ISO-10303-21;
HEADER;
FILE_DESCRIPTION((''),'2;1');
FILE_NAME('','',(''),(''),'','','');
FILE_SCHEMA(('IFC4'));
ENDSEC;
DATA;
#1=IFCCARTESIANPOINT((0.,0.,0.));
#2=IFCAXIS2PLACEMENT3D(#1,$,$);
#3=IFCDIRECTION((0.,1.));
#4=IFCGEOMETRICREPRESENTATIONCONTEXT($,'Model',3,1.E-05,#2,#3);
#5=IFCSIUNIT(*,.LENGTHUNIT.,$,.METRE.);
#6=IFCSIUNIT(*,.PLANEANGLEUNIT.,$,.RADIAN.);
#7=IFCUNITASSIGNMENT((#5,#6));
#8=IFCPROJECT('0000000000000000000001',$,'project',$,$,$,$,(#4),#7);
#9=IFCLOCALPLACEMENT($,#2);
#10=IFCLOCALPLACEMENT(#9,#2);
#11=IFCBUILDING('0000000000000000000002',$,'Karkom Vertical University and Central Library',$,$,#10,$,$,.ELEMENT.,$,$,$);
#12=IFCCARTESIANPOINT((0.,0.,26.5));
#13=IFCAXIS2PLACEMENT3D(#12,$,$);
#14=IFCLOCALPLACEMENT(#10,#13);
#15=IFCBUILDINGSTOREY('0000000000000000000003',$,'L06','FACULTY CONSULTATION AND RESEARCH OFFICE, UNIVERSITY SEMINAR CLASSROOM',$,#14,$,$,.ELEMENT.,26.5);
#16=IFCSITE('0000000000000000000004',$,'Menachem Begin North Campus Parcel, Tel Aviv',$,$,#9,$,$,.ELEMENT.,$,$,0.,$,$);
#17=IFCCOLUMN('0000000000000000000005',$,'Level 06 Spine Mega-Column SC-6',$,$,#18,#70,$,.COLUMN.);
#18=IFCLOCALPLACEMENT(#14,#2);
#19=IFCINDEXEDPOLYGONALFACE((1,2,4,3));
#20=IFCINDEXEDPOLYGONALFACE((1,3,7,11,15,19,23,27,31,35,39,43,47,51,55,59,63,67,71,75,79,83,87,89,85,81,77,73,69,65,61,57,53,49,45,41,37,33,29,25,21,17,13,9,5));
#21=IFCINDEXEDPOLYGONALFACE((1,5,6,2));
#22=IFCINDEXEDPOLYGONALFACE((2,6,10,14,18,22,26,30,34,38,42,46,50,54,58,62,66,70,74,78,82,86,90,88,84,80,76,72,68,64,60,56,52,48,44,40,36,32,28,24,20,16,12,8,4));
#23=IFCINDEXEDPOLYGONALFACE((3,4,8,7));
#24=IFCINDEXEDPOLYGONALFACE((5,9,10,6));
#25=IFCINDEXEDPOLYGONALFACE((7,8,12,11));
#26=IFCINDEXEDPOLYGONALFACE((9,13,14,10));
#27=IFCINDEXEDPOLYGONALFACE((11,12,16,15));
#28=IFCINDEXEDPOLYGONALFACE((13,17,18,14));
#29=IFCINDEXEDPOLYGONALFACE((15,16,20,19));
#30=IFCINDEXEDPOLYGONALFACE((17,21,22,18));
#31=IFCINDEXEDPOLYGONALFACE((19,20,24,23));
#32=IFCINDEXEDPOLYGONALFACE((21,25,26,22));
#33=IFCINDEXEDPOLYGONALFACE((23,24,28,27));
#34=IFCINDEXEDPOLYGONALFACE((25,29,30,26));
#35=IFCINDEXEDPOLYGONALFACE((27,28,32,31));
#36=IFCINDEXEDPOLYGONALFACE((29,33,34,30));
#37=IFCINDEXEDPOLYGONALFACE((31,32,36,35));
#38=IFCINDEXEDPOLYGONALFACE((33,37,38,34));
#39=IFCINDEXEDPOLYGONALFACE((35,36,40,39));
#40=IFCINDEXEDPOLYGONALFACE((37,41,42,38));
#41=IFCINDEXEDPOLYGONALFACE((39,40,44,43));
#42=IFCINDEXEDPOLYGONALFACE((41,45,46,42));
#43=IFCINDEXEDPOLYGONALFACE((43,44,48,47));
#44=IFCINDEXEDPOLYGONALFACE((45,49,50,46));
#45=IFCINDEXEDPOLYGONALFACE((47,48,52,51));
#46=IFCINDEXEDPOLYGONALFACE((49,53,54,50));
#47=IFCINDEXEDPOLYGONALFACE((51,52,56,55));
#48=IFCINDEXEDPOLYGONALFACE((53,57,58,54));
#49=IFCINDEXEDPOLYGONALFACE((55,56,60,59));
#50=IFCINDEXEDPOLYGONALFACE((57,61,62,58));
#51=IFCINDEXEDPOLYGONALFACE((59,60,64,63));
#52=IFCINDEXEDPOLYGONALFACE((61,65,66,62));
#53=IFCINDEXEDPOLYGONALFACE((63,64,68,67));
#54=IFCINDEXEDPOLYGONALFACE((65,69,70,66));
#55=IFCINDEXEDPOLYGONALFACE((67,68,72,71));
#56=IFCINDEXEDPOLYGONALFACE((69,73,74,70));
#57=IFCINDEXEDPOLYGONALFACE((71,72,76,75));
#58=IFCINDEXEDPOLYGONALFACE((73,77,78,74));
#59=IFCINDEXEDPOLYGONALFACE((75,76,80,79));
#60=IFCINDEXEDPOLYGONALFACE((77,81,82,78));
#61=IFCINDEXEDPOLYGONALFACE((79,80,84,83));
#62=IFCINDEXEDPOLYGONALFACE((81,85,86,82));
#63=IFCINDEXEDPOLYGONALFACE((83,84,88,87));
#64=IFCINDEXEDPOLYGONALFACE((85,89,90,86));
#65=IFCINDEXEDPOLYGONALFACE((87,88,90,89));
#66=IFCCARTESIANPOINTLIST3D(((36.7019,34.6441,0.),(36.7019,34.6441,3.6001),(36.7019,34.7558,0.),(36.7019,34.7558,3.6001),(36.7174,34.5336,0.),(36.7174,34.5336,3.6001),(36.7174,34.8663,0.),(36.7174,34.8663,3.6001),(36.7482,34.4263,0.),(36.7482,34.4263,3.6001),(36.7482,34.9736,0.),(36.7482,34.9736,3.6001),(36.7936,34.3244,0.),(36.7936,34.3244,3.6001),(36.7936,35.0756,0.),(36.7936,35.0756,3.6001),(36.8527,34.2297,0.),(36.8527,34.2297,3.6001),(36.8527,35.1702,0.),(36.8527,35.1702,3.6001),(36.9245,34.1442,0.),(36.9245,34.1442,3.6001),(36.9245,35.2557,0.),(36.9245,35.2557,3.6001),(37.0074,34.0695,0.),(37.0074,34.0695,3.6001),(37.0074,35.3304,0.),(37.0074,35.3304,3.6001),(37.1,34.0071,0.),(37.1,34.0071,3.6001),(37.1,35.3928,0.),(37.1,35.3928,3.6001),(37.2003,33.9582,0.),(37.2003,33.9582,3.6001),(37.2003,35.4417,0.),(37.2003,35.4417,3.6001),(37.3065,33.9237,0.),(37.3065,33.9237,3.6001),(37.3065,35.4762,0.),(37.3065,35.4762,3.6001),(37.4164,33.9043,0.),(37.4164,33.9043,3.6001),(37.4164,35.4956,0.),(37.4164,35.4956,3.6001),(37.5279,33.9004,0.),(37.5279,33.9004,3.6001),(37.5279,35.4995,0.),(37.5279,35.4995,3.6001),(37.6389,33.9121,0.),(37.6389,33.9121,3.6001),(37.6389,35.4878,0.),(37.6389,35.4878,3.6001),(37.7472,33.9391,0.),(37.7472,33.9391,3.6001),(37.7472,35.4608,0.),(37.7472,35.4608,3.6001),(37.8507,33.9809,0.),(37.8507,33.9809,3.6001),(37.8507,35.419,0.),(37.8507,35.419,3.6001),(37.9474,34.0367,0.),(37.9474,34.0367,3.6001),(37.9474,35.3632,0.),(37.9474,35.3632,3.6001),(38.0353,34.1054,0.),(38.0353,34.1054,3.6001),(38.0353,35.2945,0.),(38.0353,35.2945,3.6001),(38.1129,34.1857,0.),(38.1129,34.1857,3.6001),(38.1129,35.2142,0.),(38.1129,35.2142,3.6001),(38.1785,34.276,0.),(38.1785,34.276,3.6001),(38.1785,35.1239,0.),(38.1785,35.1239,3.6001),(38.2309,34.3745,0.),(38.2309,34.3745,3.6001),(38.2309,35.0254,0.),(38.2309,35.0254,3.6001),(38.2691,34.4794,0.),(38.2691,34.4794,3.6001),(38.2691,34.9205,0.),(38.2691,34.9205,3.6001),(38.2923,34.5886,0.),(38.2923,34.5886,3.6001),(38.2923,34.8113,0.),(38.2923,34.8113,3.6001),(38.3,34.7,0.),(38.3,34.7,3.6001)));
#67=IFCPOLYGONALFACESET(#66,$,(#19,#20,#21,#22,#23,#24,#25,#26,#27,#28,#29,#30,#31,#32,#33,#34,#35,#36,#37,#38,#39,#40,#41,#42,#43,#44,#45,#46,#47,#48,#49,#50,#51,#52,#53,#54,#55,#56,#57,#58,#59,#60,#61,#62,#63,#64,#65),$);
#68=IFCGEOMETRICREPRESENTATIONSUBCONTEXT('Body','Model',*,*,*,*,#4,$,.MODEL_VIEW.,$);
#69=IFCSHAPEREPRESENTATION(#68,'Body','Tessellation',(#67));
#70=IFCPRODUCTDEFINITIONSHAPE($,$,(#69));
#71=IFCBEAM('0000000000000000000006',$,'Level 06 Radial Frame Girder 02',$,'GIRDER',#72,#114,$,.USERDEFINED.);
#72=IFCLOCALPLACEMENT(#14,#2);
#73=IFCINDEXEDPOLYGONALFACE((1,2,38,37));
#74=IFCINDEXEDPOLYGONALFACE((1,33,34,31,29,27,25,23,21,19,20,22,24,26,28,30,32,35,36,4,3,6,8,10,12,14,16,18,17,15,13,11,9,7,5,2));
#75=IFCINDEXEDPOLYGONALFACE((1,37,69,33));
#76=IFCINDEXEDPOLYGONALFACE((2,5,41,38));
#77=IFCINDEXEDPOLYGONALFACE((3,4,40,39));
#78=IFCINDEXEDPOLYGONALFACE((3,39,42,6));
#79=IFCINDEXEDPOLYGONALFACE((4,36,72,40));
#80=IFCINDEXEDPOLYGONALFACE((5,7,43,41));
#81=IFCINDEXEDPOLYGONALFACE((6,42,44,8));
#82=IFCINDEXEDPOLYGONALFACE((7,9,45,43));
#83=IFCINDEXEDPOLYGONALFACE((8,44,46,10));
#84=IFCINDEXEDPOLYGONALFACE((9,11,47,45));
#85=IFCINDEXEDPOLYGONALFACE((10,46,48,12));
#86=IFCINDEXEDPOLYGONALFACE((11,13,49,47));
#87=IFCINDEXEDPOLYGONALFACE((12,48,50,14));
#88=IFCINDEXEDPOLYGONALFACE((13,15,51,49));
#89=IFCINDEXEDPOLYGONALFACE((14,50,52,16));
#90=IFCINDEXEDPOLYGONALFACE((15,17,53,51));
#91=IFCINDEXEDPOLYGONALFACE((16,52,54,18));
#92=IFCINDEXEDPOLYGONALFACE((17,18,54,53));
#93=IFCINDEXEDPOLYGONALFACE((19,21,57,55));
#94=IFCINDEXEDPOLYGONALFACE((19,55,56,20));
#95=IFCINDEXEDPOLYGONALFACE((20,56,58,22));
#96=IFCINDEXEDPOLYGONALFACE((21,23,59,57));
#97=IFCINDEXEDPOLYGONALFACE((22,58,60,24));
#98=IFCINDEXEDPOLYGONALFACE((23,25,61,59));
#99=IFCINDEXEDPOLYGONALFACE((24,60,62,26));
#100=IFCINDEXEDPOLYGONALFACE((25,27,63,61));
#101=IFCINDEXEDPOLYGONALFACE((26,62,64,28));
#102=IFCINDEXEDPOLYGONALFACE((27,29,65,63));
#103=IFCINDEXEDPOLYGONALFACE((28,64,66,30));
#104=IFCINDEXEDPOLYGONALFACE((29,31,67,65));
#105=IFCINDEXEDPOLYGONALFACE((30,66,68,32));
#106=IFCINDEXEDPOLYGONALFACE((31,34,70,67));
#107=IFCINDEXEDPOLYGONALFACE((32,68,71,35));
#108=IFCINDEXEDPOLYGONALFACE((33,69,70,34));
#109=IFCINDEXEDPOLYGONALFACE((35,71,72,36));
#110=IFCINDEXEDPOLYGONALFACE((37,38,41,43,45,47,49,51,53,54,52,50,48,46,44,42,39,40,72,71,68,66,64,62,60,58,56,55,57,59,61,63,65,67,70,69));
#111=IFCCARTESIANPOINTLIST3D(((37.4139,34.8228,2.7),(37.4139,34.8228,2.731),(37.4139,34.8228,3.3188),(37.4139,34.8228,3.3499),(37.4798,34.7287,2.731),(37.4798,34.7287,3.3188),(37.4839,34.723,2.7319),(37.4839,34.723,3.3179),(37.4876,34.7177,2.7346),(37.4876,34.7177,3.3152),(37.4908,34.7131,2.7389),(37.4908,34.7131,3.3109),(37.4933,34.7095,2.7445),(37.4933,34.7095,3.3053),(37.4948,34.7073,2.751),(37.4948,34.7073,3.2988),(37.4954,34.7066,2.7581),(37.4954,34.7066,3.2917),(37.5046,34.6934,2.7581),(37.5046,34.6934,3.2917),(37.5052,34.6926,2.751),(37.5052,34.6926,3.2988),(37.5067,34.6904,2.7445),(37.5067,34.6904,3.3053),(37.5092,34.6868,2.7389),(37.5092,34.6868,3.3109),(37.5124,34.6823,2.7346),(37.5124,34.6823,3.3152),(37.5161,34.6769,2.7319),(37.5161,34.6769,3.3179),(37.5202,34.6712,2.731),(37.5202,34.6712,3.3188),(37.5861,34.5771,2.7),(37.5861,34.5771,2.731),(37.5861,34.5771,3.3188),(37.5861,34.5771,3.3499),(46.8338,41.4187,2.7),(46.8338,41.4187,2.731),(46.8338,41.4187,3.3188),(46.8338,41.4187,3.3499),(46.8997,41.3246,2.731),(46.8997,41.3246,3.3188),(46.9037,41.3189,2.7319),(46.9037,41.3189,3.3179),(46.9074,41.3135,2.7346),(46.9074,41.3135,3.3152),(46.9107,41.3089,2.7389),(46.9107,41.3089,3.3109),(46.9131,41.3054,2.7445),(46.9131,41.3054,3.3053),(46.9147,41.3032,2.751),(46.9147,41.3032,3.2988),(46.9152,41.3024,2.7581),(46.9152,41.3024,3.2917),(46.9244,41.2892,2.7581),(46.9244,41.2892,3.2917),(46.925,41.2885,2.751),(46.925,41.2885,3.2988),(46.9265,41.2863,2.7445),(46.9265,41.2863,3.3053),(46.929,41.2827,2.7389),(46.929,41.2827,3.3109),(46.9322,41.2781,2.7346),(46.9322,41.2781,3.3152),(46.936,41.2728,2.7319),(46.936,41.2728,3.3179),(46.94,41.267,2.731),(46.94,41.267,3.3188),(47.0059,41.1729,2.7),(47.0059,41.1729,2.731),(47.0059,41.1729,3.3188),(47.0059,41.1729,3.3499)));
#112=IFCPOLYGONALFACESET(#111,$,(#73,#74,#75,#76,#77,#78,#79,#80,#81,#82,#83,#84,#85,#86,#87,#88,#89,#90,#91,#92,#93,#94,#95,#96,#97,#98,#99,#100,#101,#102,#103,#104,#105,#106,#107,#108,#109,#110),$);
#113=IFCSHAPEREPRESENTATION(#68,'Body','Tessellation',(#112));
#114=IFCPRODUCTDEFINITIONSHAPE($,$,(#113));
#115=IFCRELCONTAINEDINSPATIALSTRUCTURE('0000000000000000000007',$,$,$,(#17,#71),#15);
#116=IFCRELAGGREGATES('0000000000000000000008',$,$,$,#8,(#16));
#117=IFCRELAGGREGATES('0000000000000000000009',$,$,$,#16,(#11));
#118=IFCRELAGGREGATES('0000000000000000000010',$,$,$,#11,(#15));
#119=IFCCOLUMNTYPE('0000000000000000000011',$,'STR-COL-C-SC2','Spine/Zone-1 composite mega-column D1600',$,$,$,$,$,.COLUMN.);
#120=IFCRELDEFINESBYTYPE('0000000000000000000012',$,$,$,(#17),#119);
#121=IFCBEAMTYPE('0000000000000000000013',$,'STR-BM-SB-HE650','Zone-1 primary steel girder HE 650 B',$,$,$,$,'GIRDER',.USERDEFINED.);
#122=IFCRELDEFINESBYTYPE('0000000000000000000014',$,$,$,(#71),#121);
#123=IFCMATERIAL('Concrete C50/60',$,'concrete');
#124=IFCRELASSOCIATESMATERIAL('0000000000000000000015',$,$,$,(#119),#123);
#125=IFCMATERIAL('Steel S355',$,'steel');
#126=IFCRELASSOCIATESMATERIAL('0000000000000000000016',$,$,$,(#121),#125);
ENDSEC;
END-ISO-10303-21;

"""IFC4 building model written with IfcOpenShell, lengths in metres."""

from ifc_helpers import new_model, si_unit, direction, frame, origin, origin_with_axes, origin_2d, place, context, subcontext, project, spatial, circle, i_section, extrude, source, transform, mapped, material, material_profile, profile_set, type_object, element, save


model = new_model("IFC4")

# Units and contexts
model_context = context("Model", 3, precision=1e-05, world=origin(), true_north=direction((0.0, 1.0)))
body_context = subcontext(model_context, "Body", "Model", "MODEL_VIEW")
ifc_project = project(units=[si_unit("LENGTHUNIT", "METRE"), si_unit("PLANEANGLEUNIT", "RADIAN")], contexts=[model_context])

# Site, building, storey
site_placement = place(None, origin())
site = spatial("IfcSite", under=ifc_project, at=site_placement, Name="Menachem Begin North Campus Parcel, Tel Aviv", CompositionType="ELEMENT", RefElevation=0.0)
building_placement = place(site_placement, origin())
building = spatial("IfcBuilding", under=site, at=building_placement, Name="Karkom Vertical University and Central Library", CompositionType="ELEMENT")
storey_placement = place(building_placement, frame((0.0, 0.0, 26.5)))
storey = spatial("IfcBuildingStorey", under=building, at=storey_placement, Name="L06", Description="FACULTY CONSULTATION AND RESEARCH OFFICE, UNIVERSITY SEMINAR CLASSROOM", CompositionType="ELEMENT", Elevation=26.5)

# Column
ifc_material_1 = material(Name="Concrete C50/60", Category="concrete")
ifc_material_profile_1 = material_profile(ifc_material_1, circle(Radius=0.8, at=origin_2d()), Name="CFT-D1600")
ifc_profile_set_1 = profile_set([ifc_material_profile_1], Name="Concrete C50/60")
column_type = type_object("IfcColumnType", Name="STR-COL-C-SC2", Description="Spine/Zone-1 composite mega-column D1600", PredefinedType="COLUMN", material=ifc_profile_set_1)
shared_shape_1 = source(origin_with_axes(), body_context, "Body", "SweptSolid", [
    extrude(circle(Radius=0.8, at=origin_2d()), origin(), (0.0, 0.0, 1.0), 3.6001),
])
column_placement = place(storey_placement, frame((37.5, 34.7, 0.0), z_axis=(0.0, 0.0, 1.0), x_axis=(1.0, 0.0, 0.0)))
element("IfcColumn", 1, at=column_placement, inside=storey, type_object=column_type, Name="Level 06 Spine Mega-Column SC-6", PredefinedType="COLUMN", context=body_context, shape_type="MappedRepresentation", body=[
    mapped(shared_shape_1, transform((0.0, 0.0, 0.0), scale=1.0)),
])

# Beam
ifc_material_2 = material(Name="Steel S355", Category="steel")
ifc_material_profile_2 = material_profile(ifc_material_2, i_section(OverallWidth=0.3, OverallDepth=0.6499, WebThickness=0.0161, FlangeThickness=0.031, FilletRadius=0.0271, at=origin_2d()), Name="HE 650 B")
ifc_profile_set_2 = profile_set([ifc_material_profile_2], Name="Steel S355")
beam_type = type_object("IfcBeamType", Name="STR-BM-SB-HE650", Description="Zone-1 primary steel girder HE 650 B", ElementType="GIRDER", PredefinedType="USERDEFINED", material=ifc_profile_set_2)
shared_shape_2 = source(origin_with_axes(), body_context, "Body", "SweptSolid", [
    extrude(i_section(OverallWidth=0.3, OverallDepth=0.6499, WebThickness=0.0161, FlangeThickness=0.031, FilletRadius=0.0271, at=origin_2d()), origin(), (0.0, 0.0, 1.0), 11.4995),
])
beam_placement = place(storey_placement, frame((37.5, 34.7, 3.0249), z_axis=(0.81915, 0.573579, 0.0), x_axis=(-0.573579, 0.81915, 0.0)))
element("IfcBeam", 2, at=beam_placement, inside=storey, type_object=beam_type, Name="Level 06 Radial Frame Girder 02", ObjectType="GIRDER", PredefinedType="USERDEFINED", context=body_context, shape_type="MappedRepresentation", body=[
    mapped(shared_shape_2, transform((0.0, 0.0, 0.0), scale=1.0)),
])

save(model, "model.ifc")
